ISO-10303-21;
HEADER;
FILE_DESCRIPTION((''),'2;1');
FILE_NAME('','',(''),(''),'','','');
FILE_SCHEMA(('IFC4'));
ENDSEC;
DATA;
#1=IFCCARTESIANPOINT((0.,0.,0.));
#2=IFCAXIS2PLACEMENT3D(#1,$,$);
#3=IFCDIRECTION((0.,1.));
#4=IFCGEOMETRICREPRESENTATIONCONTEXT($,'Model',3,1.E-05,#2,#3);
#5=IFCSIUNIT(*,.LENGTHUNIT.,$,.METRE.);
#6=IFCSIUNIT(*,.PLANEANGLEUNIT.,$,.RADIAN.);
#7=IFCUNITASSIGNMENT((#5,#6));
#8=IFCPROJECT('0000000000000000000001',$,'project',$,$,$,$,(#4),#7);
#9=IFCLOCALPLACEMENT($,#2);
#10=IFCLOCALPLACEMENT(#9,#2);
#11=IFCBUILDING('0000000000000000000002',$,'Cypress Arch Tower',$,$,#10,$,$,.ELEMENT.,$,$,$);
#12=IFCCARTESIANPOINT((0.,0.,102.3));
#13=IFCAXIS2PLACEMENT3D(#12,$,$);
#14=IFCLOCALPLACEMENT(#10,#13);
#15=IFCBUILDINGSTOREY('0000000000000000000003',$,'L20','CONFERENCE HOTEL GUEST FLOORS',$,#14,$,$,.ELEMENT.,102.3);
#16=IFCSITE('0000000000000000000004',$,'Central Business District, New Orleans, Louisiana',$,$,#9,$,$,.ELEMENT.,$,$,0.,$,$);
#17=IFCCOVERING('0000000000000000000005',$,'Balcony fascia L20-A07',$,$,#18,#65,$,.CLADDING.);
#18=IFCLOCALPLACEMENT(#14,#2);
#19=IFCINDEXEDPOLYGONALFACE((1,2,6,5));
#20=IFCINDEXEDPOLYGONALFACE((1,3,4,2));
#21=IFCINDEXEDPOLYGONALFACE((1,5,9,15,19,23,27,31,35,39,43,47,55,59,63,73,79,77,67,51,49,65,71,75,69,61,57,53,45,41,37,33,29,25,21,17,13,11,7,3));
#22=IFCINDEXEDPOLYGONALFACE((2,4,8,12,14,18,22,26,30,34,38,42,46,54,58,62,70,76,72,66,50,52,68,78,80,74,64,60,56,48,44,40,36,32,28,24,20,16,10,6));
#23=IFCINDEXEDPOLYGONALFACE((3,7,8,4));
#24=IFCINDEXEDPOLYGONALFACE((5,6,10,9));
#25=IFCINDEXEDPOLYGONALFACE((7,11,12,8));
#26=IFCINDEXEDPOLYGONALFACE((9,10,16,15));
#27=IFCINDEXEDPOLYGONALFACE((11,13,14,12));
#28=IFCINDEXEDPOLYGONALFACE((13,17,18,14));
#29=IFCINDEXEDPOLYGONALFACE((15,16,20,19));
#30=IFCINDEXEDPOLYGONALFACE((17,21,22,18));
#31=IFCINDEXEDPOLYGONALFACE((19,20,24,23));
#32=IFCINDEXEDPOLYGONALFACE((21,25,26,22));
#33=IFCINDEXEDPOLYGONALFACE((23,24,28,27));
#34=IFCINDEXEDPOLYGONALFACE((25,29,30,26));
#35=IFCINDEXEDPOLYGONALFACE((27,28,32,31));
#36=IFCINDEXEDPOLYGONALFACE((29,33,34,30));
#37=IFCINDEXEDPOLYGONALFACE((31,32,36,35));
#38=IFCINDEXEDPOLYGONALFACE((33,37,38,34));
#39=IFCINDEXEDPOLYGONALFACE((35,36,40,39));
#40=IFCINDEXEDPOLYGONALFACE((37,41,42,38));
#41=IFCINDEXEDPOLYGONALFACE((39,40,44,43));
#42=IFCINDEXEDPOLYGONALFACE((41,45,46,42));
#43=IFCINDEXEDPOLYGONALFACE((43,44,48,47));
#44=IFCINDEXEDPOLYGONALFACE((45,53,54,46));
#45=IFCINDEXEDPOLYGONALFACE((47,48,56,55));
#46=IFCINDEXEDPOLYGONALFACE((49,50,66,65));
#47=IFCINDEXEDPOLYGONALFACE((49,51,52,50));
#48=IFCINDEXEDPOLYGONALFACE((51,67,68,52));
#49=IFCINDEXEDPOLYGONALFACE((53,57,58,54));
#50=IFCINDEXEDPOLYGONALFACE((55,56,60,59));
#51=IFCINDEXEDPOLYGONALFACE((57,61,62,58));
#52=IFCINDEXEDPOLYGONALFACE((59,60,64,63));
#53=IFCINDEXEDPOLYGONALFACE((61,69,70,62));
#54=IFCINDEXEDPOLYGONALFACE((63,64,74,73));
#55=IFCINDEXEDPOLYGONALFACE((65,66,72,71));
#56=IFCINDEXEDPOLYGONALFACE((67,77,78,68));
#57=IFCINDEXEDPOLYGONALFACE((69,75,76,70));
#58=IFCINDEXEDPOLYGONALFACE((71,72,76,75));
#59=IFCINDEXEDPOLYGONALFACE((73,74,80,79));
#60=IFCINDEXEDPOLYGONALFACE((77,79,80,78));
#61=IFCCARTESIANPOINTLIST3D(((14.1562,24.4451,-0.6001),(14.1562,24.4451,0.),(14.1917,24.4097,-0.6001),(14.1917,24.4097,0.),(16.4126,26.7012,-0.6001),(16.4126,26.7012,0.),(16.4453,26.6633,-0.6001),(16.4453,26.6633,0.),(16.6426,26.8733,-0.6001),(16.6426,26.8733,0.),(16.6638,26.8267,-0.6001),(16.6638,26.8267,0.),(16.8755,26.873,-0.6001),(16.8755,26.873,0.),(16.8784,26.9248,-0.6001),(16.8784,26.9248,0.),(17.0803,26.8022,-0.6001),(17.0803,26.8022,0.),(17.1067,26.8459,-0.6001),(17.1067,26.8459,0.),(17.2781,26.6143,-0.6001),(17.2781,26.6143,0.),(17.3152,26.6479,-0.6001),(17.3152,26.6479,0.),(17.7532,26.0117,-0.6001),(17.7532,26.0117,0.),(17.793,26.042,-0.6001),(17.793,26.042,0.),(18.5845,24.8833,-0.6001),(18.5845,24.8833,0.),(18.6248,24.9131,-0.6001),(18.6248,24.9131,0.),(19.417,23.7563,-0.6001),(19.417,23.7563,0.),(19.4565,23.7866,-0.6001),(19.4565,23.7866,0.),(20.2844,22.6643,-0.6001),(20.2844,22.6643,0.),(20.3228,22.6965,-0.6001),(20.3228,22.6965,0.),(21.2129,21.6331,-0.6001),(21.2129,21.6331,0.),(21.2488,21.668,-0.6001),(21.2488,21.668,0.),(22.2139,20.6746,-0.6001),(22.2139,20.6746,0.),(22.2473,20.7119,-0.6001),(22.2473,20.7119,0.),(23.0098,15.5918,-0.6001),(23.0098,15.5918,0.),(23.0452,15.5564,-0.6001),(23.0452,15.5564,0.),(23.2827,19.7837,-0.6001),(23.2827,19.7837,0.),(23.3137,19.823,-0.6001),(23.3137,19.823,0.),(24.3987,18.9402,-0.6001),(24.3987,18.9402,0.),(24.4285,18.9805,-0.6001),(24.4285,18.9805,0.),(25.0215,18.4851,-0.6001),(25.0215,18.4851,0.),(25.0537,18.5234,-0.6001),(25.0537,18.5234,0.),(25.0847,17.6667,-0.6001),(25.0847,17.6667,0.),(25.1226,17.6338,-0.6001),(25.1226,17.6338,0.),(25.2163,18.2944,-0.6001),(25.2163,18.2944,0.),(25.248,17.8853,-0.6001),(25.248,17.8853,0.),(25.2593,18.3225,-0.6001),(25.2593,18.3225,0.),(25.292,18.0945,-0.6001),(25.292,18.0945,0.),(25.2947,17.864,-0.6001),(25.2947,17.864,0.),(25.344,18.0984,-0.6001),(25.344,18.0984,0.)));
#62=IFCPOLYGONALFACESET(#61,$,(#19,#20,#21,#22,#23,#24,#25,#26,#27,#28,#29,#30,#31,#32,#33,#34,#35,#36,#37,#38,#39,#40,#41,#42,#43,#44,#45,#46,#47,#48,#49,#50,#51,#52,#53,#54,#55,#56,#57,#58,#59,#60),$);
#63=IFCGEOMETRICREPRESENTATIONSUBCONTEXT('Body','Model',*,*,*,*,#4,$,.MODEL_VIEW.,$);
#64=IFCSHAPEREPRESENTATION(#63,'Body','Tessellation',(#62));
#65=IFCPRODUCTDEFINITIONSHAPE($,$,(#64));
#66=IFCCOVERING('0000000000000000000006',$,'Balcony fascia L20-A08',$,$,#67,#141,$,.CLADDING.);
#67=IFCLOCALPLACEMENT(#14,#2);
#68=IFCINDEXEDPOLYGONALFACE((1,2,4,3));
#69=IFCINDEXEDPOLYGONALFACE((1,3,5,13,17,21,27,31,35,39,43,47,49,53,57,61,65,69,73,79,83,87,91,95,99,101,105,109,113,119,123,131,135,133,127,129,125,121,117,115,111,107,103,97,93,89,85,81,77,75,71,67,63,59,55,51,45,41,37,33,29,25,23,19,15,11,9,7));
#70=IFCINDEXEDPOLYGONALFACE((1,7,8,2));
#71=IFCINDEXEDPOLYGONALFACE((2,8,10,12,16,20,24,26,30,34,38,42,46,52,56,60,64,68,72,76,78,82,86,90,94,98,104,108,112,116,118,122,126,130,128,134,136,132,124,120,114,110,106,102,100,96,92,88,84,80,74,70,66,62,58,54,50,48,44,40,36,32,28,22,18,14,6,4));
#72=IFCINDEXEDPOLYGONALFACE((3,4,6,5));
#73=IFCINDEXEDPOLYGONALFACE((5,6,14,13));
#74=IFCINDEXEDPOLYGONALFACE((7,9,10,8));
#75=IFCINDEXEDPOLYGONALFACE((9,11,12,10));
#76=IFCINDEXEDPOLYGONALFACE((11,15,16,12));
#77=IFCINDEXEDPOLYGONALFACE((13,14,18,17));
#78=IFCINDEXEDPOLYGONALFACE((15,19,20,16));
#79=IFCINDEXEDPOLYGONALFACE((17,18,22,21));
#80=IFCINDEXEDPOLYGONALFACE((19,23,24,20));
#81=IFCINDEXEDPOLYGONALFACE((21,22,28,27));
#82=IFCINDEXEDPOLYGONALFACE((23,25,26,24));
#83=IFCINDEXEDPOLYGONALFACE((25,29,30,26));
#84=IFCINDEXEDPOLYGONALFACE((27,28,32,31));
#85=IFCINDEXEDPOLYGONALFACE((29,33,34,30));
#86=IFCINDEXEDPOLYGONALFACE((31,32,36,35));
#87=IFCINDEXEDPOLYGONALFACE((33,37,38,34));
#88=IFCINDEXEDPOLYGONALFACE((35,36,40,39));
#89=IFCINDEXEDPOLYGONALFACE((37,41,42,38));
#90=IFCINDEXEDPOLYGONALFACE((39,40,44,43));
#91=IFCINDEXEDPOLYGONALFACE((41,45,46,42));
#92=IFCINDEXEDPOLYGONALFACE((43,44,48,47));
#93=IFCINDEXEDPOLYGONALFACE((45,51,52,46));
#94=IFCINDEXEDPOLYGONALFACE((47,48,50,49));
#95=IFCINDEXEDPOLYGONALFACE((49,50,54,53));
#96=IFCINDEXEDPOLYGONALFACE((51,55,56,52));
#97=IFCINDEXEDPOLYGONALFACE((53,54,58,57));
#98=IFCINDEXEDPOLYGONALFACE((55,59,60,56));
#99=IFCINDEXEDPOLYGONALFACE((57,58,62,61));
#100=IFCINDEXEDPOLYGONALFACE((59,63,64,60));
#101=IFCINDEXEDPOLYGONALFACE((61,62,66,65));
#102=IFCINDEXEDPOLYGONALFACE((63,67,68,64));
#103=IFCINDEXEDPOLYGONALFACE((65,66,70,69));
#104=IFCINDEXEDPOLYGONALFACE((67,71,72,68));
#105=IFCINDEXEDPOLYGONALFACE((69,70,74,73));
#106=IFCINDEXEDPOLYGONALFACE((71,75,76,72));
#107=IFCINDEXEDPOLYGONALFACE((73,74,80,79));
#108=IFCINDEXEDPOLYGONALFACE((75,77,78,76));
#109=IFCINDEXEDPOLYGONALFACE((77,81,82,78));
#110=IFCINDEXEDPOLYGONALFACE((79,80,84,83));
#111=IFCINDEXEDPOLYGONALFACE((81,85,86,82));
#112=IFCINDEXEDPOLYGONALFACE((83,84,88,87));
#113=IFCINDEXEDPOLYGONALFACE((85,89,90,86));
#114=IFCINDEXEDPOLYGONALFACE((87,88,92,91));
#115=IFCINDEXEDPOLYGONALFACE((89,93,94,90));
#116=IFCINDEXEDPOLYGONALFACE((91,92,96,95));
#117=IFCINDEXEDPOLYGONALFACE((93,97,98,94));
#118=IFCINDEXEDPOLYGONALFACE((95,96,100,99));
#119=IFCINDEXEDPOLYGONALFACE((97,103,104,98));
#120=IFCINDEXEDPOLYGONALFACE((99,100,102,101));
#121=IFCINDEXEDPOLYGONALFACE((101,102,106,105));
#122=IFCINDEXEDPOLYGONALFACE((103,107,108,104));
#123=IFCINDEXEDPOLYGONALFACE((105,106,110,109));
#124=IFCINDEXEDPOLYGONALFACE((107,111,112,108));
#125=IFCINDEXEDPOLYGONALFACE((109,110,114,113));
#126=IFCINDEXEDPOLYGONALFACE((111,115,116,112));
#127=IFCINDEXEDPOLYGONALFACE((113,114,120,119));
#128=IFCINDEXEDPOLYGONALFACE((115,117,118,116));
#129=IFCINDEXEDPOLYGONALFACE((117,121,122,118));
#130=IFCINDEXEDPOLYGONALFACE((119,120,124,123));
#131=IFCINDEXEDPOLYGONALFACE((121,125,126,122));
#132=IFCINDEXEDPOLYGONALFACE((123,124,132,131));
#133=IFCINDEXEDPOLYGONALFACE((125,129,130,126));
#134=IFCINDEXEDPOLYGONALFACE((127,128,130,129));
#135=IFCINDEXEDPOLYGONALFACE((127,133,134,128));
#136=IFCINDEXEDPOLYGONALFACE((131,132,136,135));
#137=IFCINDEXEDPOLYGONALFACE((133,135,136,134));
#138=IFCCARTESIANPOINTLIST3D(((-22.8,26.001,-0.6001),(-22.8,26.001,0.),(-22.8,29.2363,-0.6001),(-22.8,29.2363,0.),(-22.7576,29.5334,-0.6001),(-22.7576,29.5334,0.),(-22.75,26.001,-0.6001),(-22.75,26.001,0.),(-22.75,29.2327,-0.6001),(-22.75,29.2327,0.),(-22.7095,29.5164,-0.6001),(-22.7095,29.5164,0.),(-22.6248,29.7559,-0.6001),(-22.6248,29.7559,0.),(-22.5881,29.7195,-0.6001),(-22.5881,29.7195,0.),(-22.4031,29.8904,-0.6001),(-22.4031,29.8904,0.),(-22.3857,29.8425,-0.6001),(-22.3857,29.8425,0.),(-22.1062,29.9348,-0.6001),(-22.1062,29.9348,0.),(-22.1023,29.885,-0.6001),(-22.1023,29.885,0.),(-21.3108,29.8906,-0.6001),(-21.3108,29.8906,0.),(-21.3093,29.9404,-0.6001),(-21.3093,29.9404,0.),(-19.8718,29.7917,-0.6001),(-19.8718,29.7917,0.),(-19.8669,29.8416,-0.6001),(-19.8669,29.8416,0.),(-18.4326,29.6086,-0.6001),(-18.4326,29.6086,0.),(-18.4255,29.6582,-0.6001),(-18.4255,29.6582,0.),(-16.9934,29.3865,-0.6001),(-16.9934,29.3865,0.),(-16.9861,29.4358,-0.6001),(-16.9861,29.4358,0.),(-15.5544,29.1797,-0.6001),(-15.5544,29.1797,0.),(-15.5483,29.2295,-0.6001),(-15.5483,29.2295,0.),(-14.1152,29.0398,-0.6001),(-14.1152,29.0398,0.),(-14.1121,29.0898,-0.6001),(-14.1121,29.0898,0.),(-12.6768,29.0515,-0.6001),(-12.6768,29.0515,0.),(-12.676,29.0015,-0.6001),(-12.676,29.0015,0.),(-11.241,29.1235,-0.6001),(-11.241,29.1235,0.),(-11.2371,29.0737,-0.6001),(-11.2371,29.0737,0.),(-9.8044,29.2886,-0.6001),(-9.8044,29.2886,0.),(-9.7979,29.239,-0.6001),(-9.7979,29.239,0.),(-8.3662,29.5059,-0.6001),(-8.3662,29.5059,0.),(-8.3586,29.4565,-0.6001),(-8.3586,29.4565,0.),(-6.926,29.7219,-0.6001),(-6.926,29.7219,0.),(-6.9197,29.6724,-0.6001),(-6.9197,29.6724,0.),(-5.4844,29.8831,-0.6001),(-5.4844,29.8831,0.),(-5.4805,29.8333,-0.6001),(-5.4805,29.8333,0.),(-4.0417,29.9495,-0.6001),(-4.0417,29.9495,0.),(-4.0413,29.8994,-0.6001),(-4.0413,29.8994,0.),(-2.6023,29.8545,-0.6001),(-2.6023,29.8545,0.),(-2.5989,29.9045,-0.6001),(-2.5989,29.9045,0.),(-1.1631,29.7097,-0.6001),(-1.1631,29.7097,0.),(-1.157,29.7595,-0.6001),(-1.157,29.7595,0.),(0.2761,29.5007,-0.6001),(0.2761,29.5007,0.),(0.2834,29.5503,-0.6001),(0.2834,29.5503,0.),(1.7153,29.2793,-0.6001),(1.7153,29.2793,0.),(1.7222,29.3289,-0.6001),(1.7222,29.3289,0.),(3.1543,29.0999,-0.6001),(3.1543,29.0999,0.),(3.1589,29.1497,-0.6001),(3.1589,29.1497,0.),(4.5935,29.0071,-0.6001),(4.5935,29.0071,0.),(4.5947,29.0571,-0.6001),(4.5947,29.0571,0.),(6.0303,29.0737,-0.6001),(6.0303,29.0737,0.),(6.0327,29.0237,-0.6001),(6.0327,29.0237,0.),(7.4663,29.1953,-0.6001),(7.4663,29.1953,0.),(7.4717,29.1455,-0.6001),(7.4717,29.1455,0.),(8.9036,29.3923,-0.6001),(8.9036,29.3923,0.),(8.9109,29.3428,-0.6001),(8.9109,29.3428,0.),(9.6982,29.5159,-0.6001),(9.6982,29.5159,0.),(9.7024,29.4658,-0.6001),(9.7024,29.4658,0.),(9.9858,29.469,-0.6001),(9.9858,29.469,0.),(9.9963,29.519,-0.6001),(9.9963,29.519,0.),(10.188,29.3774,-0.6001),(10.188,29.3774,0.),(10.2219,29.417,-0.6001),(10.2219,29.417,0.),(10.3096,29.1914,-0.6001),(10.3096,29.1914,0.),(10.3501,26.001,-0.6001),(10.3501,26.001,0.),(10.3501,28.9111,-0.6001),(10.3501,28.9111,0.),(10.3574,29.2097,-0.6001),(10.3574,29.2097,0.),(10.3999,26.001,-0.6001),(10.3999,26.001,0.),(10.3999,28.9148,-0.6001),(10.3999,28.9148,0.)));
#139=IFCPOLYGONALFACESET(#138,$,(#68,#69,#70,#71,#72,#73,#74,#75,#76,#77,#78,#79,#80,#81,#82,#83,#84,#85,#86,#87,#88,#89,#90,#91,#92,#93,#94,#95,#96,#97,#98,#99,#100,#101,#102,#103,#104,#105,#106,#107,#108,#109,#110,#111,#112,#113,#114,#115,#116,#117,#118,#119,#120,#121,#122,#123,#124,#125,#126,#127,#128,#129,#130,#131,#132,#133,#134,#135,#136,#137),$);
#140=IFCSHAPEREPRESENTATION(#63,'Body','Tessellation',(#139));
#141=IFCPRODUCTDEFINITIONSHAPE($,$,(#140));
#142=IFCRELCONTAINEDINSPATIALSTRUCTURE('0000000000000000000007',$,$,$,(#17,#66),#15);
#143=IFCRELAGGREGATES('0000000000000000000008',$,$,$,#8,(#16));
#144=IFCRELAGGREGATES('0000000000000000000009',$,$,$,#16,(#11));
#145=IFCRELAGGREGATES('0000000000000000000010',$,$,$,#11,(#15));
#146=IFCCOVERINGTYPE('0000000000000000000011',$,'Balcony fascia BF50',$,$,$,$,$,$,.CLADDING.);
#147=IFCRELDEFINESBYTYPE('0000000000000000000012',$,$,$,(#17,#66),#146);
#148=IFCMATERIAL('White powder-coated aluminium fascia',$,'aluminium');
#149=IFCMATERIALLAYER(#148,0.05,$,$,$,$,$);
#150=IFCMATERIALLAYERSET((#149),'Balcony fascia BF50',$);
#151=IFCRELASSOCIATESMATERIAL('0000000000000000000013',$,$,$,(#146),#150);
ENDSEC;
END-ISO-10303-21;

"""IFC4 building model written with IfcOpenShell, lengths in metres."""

from ifc_helpers import new_model, si_unit, direction, frame, origin, place, context, subcontext, project, spatial, polyline, outline, extrude, material, layer, layer_set, type_object, element, save


model = new_model("IFC4")

# Units and contexts
model_context = context("Model", 3, precision=1e-05, world=origin(), true_north=direction((0.0, 1.0)))
body_context = subcontext(model_context, "Body", "Model", "MODEL_VIEW")
ifc_project = project(units=[si_unit("LENGTHUNIT", "METRE"), si_unit("PLANEANGLEUNIT", "RADIAN")], contexts=[model_context])

# Site, building, storey
site_placement = place(None, origin())
site = spatial("IfcSite", under=ifc_project, at=site_placement, Name="Central Business District, New Orleans, Louisiana", CompositionType="ELEMENT", RefElevation=0.0)
building_placement = place(site_placement, origin())
building = spatial("IfcBuilding", under=site, at=building_placement, Name="Cypress Arch Tower", CompositionType="ELEMENT")
storey_placement = place(building_placement, frame((0.0, 0.0, 102.3)))
storey = spatial("IfcBuildingStorey", under=building, at=storey_placement, Name="L20", Description="CONFERENCE HOTEL GUEST FLOORS", CompositionType="ELEMENT", Elevation=102.3)

# Coverings
ifc_material_1 = material(Name="White powder-coated aluminium fascia", Category="aluminium")
ifc_layer_1 = layer(ifc_material_1, 0.05)
ifc_layer_set_1 = layer_set([ifc_layer_1], Name="Balcony fascia BF50")
covering_type_1 = type_object("IfcCoveringType", Name="Balcony fascia BF50", PredefinedType="CLADDING", material=ifc_layer_set_1)
covering_1_placement = place(storey_placement, frame((0.0, 0.0, -0.6001)))
element("IfcCovering", 1, at=covering_1_placement, inside=storey, type_object=covering_type_1, Name="Balcony fascia L20-A07", PredefinedType="CLADDING", context=body_context, shape_type="SweptSolid", body=[
    extrude(outline(polyline([(16.4126, 26.7012), (16.6426, 26.8733), (16.8784, 26.9248), (17.1067, 26.8459), (17.3152, 26.6479), (17.793, 26.042), (18.6248, 24.9131), (19.4565, 23.7866), (20.3228, 22.6965), (21.2488, 21.668), (22.2473, 20.7119), (23.3137, 19.823), (24.4285, 18.9805), (25.0537, 18.5234), (25.2593, 18.3225), (25.344, 18.0984), (25.2947, 17.864), (25.1226, 17.6338), (23.0452, 15.5564), (23.0098, 15.5918), (25.0847, 17.6667), (25.248, 17.8853), (25.292, 18.0945), (25.2163, 18.2944), (25.0215, 18.4851), (24.3987, 18.9402), (23.2827, 19.7837), (22.2139, 20.6746), (21.2129, 21.6331), (20.2844, 22.6643), (19.417, 23.7563), (18.5845, 24.8833), (17.7532, 26.0117), (17.2781, 26.6143), (17.0803, 26.8022), (16.8755, 26.873), (16.6638, 26.8267), (16.4453, 26.6633), (14.1917, 24.4097), (14.1562, 24.4451), (16.4126, 26.7012)])), origin(), (0.0, 0.0, 1.0), 0.6001),
])
covering_2_placement = place(storey_placement, frame((0.0, 0.0, -0.6001)))
element("IfcCovering", 2, at=covering_2_placement, inside=storey, type_object=covering_type_1, Name="Balcony fascia L20-A08", PredefinedType="CLADDING", context=body_context, shape_type="SweptSolid", body=[
    extrude(outline(polyline([(-22.8, 29.2363), (-22.7576, 29.5334), (-22.6248, 29.7559), (-22.4031, 29.8904), (-22.1062, 29.9348), (-21.3093, 29.9404), (-19.8669, 29.8416), (-18.4255, 29.6582), (-16.9861, 29.4358), (-15.5483, 29.2295), (-14.1121, 29.0898), (-12.6768, 29.0515), (-11.241, 29.1235), (-9.8044, 29.2886), (-8.3662, 29.5059), (-6.926, 29.7219), (-5.4844, 29.8831), (-4.0417, 29.9495), (-2.5989, 29.9045), (-1.157, 29.7595), (0.2834, 29.5503), (1.7222, 29.3289), (3.1589, 29.1497), (4.5947, 29.0571), (6.0303, 29.0737), (7.4663, 29.1953), (8.9036, 29.3923), (9.6982, 29.5159), (9.9963, 29.519), (10.2219, 29.417), (10.3574, 29.2097), (10.3999, 28.9148), (10.3999, 26.001), (10.3501, 26.001), (10.3501, 28.9111), (10.3096, 29.1914), (10.188, 29.3774), (9.9858, 29.469), (9.7024, 29.4658), (8.9109, 29.3428), (7.4717, 29.1455), (6.0327, 29.0237), (4.5935, 29.0071), (3.1543, 29.0999), (1.7153, 29.2793), (0.2761, 29.5007), (-1.1631, 29.7097), (-2.6023, 29.8545), (-4.0413, 29.8994), (-5.4805, 29.8333), (-6.9197, 29.6724), (-8.3586, 29.4565), (-9.7979, 29.239), (-11.2371, 29.0737), (-12.676, 29.0015), (-14.1152, 29.0398), (-15.5544, 29.1797), (-16.9934, 29.3865), (-18.4326, 29.6086), (-19.8718, 29.7917), (-21.3108, 29.8906), (-22.1023, 29.885), (-22.3857, 29.8425), (-22.5881, 29.7195), (-22.7095, 29.5164), (-22.75, 29.2327), (-22.75, 26.001), (-22.8, 26.001), (-22.8, 29.2363)])), origin(), (0.0, 0.0, 1.0), 0.6001),
])

save(model, "model.ifc")
